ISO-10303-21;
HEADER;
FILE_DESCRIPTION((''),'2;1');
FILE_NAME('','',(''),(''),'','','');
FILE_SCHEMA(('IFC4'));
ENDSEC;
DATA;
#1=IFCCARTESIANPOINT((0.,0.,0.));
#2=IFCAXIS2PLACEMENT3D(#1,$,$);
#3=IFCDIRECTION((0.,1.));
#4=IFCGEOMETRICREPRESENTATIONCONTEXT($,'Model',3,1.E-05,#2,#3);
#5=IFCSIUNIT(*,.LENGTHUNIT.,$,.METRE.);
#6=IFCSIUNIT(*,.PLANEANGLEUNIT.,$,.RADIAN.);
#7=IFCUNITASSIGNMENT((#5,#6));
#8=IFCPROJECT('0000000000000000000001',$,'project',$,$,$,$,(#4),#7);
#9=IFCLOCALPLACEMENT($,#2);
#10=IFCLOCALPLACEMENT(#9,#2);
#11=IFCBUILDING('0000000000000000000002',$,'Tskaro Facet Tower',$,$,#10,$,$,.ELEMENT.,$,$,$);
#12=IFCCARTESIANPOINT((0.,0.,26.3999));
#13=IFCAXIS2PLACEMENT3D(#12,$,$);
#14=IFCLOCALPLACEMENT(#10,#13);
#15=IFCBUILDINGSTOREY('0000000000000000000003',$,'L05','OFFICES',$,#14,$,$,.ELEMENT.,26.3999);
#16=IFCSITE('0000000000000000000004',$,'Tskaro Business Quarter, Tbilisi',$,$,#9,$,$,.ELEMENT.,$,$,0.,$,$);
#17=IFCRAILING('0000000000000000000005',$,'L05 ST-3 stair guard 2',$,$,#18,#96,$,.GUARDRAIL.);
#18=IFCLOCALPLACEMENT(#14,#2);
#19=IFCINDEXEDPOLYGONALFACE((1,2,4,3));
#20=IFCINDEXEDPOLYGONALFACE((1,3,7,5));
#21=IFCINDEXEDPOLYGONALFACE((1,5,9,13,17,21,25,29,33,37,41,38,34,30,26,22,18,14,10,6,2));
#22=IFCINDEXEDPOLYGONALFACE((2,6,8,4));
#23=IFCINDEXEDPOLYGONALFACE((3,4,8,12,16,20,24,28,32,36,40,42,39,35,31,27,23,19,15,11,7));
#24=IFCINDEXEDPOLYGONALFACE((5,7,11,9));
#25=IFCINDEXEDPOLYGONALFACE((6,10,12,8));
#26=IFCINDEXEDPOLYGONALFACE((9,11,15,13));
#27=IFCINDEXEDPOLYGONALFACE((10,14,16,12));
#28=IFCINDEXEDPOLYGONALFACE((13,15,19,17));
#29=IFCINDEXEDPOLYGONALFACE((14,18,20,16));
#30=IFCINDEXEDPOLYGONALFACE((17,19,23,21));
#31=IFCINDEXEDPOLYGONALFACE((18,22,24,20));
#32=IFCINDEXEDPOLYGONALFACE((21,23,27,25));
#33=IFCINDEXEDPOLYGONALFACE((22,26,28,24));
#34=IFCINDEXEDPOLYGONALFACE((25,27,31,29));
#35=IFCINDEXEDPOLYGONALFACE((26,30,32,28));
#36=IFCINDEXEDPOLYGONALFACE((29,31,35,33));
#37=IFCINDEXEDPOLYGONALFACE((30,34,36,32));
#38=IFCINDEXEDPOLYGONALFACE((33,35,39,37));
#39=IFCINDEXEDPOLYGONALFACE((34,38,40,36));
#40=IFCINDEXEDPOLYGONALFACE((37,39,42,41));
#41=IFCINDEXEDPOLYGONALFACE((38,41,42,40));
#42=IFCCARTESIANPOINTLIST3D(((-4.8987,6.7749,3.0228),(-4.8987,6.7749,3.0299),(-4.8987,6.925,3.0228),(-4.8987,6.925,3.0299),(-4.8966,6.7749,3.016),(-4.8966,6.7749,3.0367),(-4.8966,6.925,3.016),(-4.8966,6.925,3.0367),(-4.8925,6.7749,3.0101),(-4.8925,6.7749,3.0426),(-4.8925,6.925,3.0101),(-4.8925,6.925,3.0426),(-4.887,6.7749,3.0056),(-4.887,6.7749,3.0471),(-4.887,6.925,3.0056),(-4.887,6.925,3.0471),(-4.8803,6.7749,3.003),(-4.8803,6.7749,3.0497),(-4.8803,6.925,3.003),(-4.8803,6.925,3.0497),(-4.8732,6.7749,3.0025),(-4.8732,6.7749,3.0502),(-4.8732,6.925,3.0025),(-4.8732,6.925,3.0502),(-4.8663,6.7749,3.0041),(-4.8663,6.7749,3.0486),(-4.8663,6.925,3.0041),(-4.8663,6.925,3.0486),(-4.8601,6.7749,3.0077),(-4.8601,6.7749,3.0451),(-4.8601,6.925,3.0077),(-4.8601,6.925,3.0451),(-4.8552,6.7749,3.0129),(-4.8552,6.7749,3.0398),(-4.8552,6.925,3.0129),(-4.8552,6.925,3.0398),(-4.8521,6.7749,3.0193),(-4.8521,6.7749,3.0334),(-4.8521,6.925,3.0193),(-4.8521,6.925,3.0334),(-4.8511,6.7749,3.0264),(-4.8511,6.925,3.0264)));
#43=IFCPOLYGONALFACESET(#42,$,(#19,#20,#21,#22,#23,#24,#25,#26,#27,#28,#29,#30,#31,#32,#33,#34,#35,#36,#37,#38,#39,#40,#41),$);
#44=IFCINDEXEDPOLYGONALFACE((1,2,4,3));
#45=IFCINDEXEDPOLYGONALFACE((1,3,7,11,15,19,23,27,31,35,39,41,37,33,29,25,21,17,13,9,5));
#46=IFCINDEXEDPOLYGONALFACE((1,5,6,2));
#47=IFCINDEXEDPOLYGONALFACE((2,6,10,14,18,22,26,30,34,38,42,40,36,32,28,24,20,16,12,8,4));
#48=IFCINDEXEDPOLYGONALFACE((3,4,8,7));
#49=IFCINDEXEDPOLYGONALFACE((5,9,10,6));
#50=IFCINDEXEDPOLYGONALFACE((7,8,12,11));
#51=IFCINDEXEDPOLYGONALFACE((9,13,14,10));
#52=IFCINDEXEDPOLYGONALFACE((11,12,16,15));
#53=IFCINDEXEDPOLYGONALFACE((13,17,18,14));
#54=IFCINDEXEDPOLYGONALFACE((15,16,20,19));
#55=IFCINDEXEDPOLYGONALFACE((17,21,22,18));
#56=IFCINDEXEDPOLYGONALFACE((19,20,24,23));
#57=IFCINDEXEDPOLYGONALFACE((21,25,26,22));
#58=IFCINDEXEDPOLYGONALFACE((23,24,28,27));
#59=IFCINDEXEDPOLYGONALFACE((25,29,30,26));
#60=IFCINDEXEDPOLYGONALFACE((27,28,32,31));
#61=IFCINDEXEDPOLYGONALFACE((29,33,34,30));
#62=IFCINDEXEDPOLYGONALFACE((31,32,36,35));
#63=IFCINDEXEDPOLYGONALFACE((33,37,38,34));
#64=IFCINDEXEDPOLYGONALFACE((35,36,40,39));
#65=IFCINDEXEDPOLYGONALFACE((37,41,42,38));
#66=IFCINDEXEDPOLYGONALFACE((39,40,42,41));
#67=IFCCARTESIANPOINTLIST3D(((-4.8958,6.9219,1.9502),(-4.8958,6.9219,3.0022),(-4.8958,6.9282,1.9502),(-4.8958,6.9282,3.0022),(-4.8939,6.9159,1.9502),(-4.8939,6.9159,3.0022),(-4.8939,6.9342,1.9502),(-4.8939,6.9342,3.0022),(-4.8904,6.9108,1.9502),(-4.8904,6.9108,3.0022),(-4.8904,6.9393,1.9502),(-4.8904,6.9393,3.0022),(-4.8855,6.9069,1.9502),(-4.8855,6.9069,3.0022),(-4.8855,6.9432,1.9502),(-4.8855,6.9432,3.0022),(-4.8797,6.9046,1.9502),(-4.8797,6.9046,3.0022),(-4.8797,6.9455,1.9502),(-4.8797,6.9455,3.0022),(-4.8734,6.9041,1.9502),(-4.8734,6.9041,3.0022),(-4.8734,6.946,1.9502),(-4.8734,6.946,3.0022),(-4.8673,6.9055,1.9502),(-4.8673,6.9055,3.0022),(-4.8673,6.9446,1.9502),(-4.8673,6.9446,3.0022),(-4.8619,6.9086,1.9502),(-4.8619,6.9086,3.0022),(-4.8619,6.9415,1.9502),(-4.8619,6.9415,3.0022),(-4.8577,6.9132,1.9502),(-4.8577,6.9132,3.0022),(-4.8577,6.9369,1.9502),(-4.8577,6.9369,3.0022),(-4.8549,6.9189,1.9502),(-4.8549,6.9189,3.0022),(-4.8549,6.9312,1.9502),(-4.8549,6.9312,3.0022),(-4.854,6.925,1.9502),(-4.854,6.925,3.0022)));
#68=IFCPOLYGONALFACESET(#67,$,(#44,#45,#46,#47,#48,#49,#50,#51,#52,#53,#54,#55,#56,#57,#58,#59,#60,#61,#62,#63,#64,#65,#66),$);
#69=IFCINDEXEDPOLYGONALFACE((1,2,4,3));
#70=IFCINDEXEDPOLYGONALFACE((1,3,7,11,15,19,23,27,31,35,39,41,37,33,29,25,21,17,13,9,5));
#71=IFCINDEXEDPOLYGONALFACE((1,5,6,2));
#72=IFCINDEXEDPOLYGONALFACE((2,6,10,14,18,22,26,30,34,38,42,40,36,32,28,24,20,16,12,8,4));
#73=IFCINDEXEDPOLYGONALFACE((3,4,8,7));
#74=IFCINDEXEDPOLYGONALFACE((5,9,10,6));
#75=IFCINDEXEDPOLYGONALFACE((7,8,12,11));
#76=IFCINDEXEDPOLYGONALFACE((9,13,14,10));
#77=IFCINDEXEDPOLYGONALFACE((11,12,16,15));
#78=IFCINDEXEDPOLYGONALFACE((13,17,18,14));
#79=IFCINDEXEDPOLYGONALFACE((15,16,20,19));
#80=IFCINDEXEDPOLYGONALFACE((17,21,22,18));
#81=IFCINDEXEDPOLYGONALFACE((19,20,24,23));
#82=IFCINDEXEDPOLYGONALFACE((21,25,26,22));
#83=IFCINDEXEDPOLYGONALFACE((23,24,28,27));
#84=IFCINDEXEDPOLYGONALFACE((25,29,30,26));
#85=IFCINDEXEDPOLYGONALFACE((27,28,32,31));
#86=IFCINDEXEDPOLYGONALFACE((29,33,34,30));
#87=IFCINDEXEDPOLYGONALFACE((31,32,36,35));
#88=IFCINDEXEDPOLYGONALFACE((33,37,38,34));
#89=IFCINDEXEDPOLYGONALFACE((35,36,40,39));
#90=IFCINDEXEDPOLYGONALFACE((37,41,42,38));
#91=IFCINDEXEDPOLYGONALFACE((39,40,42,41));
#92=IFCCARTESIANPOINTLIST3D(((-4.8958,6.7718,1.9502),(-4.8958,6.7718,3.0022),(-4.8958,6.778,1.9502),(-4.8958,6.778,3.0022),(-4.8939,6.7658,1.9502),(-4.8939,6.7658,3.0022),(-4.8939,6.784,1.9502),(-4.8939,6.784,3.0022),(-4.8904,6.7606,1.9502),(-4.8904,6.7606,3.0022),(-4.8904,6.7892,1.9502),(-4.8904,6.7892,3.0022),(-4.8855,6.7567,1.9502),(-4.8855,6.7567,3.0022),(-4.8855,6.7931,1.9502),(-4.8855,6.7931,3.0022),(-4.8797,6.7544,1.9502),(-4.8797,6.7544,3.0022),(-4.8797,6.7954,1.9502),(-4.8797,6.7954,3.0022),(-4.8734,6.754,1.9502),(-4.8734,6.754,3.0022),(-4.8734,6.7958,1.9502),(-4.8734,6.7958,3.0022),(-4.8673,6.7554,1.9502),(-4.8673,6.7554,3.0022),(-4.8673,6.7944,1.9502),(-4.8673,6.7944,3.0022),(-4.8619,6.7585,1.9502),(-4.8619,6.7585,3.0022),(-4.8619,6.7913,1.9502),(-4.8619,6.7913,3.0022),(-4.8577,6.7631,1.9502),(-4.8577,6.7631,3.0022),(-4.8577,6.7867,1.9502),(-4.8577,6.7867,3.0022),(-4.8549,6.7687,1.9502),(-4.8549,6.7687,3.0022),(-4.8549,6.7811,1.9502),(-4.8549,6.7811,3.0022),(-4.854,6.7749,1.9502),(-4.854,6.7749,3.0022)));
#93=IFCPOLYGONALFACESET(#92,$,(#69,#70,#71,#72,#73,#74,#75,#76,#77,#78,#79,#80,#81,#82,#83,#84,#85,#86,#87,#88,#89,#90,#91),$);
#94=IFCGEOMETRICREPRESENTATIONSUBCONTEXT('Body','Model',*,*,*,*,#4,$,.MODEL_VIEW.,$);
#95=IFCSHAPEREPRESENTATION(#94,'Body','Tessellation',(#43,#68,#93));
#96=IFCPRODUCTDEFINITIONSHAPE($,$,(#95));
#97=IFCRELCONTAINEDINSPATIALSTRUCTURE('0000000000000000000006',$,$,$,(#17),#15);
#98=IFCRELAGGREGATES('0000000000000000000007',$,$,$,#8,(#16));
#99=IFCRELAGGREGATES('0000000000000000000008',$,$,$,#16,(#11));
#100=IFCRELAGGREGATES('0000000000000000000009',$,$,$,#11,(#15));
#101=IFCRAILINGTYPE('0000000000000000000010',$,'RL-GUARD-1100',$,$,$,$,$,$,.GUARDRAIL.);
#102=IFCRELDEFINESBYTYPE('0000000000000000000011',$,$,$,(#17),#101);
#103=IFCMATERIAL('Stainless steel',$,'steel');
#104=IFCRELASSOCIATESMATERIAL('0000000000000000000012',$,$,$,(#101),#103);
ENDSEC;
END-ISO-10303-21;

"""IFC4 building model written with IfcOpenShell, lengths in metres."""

from ifc_helpers import new_model, si_unit, direction, frame, origin, origin_2d, place, context, subcontext, project, spatial, circle, extrude, material, type_object, element, save


model = new_model("IFC4")

# Units and contexts
model_context = context("Model", 3, precision=1e-05, world=origin(), true_north=direction((0.0, 1.0)))
body_context = subcontext(model_context, "Body", "Model", "MODEL_VIEW")
ifc_project = project(units=[si_unit("LENGTHUNIT", "METRE"), si_unit("PLANEANGLEUNIT", "RADIAN")], contexts=[model_context])

# Site, building, storey
site_placement = place(None, origin())
site = spatial("IfcSite", under=ifc_project, at=site_placement, Name="Tskaro Business Quarter, Tbilisi", CompositionType="ELEMENT", RefElevation=0.0)
building_placement = place(site_placement, origin())
building = spatial("IfcBuilding", under=site, at=building_placement, Name="Tskaro Facet Tower", CompositionType="ELEMENT")
storey_placement = place(building_placement, frame((0.0, 0.0, 26.3999)))
storey = spatial("IfcBuildingStorey", under=building, at=storey_placement, Name="L05", Description="OFFICES", CompositionType="ELEMENT", Elevation=26.3999)

# Railing
ifc_material_1 = material(Name="Stainless steel", Category="steel")
railing_type_1 = type_object("IfcRailingType", Name="RL-GUARD-1100", PredefinedType="GUARDRAIL", material=ifc_material_1)
railing_1_placement = place(storey_placement, frame((-4.875, 6.925, 1.9502)))
element("IfcRailing", 1, at=railing_1_placement, inside=storey, type_object=railing_type_1, Name="L05 ST-3 stair guard 2", PredefinedType="GUARDRAIL", context=body_context, shape_type="SweptSolid", body=[
    extrude(circle(Radius=0.0239, at=origin_2d()), frame((0.0, 0.0, 1.0762), z_axis=(0.0, -1.0, 0.0), x_axis=(1.0, 0.0, 0.0)), (0.0, 0.0, 1.0), 0.1501),
    extrude(circle(Radius=0.021, at=origin_2d()), origin(), (0.0, 0.0, 1.0), 1.052),
    extrude(circle(Radius=0.021, at=origin_2d()), frame((0.0, -0.1501, 0.0)), (0.0, 0.0, 1.0), 1.052),
])

save(model, "model.ifc")
